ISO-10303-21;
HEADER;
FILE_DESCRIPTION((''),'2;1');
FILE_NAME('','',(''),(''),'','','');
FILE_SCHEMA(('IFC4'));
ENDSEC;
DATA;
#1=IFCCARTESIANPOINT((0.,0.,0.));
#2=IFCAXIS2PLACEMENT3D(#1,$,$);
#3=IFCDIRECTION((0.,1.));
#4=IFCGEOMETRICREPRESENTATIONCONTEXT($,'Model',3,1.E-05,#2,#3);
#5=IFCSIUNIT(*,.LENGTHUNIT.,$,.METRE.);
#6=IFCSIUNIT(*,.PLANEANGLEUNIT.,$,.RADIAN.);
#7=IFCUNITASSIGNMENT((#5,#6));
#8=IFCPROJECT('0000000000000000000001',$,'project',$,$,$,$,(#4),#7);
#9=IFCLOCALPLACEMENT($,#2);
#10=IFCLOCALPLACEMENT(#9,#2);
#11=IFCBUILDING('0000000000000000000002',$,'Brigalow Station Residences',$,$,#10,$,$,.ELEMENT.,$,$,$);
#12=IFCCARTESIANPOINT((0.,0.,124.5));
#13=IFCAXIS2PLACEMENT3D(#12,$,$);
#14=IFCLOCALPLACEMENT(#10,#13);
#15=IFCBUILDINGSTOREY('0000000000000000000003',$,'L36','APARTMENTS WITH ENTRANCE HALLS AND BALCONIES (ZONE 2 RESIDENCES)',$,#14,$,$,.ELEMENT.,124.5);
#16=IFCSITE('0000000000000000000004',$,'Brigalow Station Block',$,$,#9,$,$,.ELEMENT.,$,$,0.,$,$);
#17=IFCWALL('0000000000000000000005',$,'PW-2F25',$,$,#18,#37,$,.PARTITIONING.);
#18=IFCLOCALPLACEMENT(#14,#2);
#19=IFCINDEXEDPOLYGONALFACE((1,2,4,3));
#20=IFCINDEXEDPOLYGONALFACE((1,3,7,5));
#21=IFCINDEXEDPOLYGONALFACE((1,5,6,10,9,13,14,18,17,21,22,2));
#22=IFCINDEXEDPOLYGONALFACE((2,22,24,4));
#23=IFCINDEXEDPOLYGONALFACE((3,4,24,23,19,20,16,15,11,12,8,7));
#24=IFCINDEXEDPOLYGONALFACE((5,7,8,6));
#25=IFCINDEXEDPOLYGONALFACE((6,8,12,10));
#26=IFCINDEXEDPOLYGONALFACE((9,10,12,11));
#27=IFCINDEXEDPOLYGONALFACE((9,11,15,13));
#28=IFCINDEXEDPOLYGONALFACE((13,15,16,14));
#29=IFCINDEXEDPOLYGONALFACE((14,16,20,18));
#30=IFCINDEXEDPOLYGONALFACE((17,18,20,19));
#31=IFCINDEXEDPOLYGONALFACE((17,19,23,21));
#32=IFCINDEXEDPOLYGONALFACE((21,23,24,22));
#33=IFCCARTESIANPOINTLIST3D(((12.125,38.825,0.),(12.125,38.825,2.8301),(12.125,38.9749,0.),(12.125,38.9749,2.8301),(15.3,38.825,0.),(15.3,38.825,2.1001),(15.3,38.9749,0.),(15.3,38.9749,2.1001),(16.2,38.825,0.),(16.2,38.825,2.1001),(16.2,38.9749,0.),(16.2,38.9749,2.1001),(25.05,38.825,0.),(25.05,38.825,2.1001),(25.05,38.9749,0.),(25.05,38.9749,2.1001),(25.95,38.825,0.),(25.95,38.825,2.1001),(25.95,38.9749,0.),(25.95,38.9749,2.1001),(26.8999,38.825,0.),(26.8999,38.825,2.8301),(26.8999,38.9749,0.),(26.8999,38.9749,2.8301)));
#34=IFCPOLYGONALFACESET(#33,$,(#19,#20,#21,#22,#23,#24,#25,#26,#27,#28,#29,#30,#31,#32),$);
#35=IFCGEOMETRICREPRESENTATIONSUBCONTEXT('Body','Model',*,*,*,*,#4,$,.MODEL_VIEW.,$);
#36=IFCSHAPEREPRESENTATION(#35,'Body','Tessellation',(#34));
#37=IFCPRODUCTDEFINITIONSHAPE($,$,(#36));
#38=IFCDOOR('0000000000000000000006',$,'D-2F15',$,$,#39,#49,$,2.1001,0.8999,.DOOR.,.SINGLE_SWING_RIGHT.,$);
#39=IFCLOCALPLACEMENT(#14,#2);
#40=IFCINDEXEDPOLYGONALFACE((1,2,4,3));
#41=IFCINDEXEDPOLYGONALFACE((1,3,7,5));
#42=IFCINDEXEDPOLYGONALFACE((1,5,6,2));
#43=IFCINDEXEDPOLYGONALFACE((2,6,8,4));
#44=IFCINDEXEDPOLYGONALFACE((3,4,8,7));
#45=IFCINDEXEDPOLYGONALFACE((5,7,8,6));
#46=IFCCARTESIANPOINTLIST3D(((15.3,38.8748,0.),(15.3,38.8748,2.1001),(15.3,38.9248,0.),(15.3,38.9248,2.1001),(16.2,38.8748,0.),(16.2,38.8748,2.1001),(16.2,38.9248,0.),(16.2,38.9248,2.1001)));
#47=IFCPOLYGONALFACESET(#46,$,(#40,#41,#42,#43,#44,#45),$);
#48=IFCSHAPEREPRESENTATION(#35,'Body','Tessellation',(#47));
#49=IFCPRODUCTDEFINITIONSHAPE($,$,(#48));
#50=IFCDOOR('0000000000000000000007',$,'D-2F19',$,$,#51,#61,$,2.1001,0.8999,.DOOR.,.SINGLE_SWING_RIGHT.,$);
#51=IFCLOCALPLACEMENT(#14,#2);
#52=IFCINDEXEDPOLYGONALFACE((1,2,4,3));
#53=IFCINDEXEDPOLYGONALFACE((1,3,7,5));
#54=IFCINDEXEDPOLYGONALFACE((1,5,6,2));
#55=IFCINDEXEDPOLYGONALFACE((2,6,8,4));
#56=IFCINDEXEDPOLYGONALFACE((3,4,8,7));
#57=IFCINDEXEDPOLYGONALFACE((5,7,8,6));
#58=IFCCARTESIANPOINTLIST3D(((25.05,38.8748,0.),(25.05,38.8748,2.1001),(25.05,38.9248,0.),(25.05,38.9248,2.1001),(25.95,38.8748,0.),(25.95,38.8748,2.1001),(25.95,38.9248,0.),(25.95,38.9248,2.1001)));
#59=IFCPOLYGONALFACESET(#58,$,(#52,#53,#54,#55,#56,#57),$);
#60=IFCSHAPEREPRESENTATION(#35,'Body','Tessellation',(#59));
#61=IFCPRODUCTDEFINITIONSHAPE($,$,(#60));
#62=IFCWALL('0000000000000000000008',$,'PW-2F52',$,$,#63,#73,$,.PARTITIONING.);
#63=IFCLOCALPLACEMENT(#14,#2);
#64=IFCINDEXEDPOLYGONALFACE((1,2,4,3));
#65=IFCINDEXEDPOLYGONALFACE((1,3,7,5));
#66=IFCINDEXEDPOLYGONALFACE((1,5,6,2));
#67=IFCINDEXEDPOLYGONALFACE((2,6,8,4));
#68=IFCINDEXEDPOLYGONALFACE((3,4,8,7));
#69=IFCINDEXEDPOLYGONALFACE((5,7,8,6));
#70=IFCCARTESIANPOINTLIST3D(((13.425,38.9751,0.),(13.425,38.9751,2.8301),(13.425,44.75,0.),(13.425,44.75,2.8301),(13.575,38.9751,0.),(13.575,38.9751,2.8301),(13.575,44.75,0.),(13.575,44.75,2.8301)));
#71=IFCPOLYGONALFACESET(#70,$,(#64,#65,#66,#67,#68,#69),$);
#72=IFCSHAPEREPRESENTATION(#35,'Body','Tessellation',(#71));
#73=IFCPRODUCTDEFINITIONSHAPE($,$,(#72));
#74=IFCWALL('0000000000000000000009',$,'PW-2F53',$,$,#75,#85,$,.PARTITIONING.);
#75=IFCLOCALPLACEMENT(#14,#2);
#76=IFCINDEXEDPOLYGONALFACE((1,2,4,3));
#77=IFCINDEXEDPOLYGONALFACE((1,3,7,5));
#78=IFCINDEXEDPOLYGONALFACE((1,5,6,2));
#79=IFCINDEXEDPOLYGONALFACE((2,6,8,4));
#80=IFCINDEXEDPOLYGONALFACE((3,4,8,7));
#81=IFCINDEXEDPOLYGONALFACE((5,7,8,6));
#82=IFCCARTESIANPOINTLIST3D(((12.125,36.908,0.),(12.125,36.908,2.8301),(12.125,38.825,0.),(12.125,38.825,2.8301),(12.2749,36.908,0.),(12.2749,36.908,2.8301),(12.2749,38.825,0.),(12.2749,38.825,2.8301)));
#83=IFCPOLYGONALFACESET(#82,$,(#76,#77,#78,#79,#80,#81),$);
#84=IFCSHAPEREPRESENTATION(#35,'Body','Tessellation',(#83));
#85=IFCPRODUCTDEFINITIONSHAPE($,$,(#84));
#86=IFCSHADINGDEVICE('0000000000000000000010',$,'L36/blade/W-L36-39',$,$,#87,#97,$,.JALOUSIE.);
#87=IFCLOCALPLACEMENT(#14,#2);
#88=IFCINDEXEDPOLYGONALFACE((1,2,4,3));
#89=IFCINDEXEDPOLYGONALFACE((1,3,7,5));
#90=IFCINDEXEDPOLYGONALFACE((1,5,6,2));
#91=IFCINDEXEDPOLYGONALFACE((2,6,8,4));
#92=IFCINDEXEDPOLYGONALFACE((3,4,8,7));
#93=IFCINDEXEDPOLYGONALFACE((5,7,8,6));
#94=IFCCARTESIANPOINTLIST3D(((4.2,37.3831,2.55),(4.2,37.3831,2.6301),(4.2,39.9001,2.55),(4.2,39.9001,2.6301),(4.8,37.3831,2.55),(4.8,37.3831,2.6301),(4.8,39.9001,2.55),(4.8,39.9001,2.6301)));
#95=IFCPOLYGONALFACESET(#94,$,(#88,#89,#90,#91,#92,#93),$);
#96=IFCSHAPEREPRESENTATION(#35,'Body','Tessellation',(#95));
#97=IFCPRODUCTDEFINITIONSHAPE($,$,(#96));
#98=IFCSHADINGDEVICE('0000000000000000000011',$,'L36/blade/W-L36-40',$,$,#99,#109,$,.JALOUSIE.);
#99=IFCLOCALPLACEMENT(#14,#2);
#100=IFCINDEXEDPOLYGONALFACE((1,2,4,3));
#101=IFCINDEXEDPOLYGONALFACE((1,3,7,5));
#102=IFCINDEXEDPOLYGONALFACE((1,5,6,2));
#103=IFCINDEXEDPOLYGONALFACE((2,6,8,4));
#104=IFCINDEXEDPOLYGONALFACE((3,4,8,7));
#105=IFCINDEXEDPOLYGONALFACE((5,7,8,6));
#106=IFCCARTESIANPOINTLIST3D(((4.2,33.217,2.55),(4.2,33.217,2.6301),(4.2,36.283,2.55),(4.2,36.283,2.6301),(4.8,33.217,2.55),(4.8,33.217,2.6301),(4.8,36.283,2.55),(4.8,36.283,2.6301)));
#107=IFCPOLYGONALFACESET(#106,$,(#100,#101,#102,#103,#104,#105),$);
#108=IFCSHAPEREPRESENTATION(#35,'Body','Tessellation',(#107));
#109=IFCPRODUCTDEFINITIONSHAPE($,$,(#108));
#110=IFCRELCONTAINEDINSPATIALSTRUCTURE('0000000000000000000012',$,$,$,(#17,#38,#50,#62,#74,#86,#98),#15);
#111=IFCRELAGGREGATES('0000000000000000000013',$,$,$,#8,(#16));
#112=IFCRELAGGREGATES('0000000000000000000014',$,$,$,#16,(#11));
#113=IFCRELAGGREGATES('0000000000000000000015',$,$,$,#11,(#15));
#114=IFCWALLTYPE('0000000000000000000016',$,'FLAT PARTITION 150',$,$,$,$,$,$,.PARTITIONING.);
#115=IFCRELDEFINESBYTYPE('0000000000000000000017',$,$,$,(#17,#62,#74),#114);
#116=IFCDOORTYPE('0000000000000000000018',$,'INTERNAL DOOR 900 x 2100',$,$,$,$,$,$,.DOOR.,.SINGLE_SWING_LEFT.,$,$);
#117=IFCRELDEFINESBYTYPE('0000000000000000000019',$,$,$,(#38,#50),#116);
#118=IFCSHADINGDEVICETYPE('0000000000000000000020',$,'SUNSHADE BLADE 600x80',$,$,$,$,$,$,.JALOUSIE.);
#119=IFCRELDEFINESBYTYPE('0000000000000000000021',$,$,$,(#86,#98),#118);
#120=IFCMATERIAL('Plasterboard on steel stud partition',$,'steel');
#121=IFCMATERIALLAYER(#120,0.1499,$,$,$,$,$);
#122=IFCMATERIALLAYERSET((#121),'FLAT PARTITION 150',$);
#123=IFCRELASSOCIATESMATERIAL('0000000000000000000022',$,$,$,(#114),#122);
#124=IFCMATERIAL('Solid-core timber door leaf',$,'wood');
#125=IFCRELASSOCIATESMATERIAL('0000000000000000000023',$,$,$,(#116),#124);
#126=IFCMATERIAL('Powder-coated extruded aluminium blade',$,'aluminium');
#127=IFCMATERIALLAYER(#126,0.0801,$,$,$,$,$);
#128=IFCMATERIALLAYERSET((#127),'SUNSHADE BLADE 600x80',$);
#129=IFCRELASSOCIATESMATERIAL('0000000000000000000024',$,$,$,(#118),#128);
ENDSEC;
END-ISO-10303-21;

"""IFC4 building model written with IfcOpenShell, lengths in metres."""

from ifc_helpers import new_model, si_unit, direction, frame, frame_2d, origin, origin_2d, place, context, subcontext, project, spatial, rectangle, extrude, material, layer, layer_set, type_object, element, fill, save


model = new_model("IFC4")

# Units and contexts
model_context = context("Model", 3, precision=1e-05, world=origin(), true_north=direction((0.0, 1.0)))
body_context = subcontext(model_context, "Body", "Model", "MODEL_VIEW")
ifc_project = project(units=[si_unit("LENGTHUNIT", "METRE"), si_unit("PLANEANGLEUNIT", "RADIAN")], contexts=[model_context])

# Site, building, storey
site_placement = place(None, origin())
site = spatial("IfcSite", under=ifc_project, at=site_placement, Name="Brigalow Station Block", CompositionType="ELEMENT", RefElevation=0.0)
building_placement = place(site_placement, origin())
building = spatial("IfcBuilding", under=site, at=building_placement, Name="Brigalow Station Residences", CompositionType="ELEMENT")
storey_placement = place(building_placement, frame((0.0, 0.0, 124.5)))
storey = spatial("IfcBuildingStorey", under=building, at=storey_placement, Name="L36", Description="APARTMENTS WITH ENTRANCE HALLS AND BALCONIES (ZONE 2 RESIDENCES)", CompositionType="ELEMENT", Elevation=124.5)

# Shared definitions
ifc_material_1 = material(Name="Plasterboard on steel stud partition", Category="steel")
ifc_layer_1 = layer(ifc_material_1, 0.1499)
ifc_layer_set_1 = layer_set([ifc_layer_1], Name="FLAT PARTITION 150")
wall_type_1 = type_object("IfcWallType", Name="FLAT PARTITION 150", PredefinedType="PARTITIONING", material=ifc_layer_set_1)
ifc_material_2 = material(Name="Solid-core timber door leaf", Category="wood")
door_type = type_object("IfcDoorType", Name="INTERNAL DOOR 900 x 2100", OperationType="SINGLE_SWING_LEFT", PredefinedType="DOOR", material=ifc_material_2)

# Wall, openings, doors
wall_1_placement = place(storey_placement, frame((12.125, 38.8999, 0.0), z_axis=(0.0, 0.0, 1.0), x_axis=(1.0, 0.0, 0.0)))
wall_1 = element("IfcWall", 1, at=wall_1_placement, inside=storey, type_object=wall_type_1, Name="PW-2F25", PredefinedType="PARTITIONING", context=body_context, shape_type="SweptSolid", body=[
    extrude(rectangle(XDim=14.7749, YDim=0.1499, at=frame_2d((7.3875, 0.0))), origin(), (0.0, 0.0, 1.0), 2.8301),
])
opening_1_placement = place(wall_1_placement, frame((3.175, 0.0, 0.0)))
opening_1 = element("IfcOpeningElement", 2, at=opening_1_placement, cuts=wall_1, PredefinedType="OPENING", context=body_context, shape_type="SweptSolid", body=[
    extrude(rectangle(XDim=0.8999, YDim=2.1001, at=frame_2d((0.45, 1.05))), frame((0.0, 0.085, 0.0), z_axis=(0.0, -1.0, 0.0), x_axis=(1.0, 0.0, 0.0)), (0.0, 0.0, 1.0), 0.1699),
])
opening_2_placement = place(wall_1_placement, frame((12.925, 0.0, 0.0)))
opening_2 = element("IfcOpeningElement", 3, at=opening_2_placement, cuts=wall_1, PredefinedType="OPENING", context=body_context, shape_type="SweptSolid", body=[
    extrude(rectangle(XDim=0.8999, YDim=2.1001, at=frame_2d((0.45, 1.05))), frame((0.0, 0.085, 0.0), z_axis=(0.0, -1.0, 0.0), x_axis=(1.0, 0.0, 0.0)), (0.0, 0.0, 1.0), 0.1699),
])
door_1_placement = place(opening_1_placement, origin())
door_1 = element("IfcDoor", 4, at=door_1_placement, inside=storey, type_object=door_type, Name="D-2F15", OperationType="SINGLE_SWING_RIGHT", OverallHeight=2.1001, OverallWidth=0.8999, PredefinedType="DOOR", context=body_context, shape_type="SweptSolid", body=[
    extrude(rectangle(XDim=0.8999, YDim=2.1001, at=frame_2d((0.45, 1.05))), frame((0.0, 0.0249, 0.0), z_axis=(0.0, -1.0, 0.0), x_axis=(1.0, 0.0, 0.0)), (0.0, 0.0, 1.0), 0.05),
])
fill(opening_1, door_1)
door_2_placement = place(opening_2_placement, origin())
door_2 = element("IfcDoor", 5, at=door_2_placement, inside=storey, type_object=door_type, Name="D-2F19", OperationType="SINGLE_SWING_RIGHT", OverallHeight=2.1001, OverallWidth=0.8999, PredefinedType="DOOR", context=body_context, shape_type="SweptSolid", body=[
    extrude(rectangle(XDim=0.8999, YDim=2.1001, at=frame_2d((0.45, 1.05))), frame((0.0, 0.0249, 0.0), z_axis=(0.0, -1.0, 0.0), x_axis=(1.0, 0.0, 0.0)), (0.0, 0.0, 1.0), 0.05),
])
fill(opening_2, door_2)

# Walls
wall_2_placement = place(storey_placement, frame((13.5, 38.9751, 0.0), z_axis=(0.0, 0.0, 1.0), x_axis=(0.0, 1.0, 0.0)))
element("IfcWall", 6, at=wall_2_placement, inside=storey, type_object=wall_type_1, Name="PW-2F52", PredefinedType="PARTITIONING", context=body_context, shape_type="SweptSolid", body=[
    extrude(rectangle(XDim=5.7749, YDim=0.1499, at=frame_2d((2.8875, 0.0))), origin(), (0.0, 0.0, 1.0), 2.8301),
])
wall_3_placement = place(storey_placement, frame((12.2, 36.908, 0.0), z_axis=(0.0, 0.0, 1.0), x_axis=(0.0, 1.0, 0.0)))
element("IfcWall", 7, at=wall_3_placement, inside=storey, type_object=wall_type_1, Name="PW-2F53", PredefinedType="PARTITIONING", context=body_context, shape_type="SweptSolid", body=[
    extrude(rectangle(XDim=1.917, YDim=0.1499, at=frame_2d((0.9585, 0.0))), origin(), (0.0, 0.0, 1.0), 2.8301),
])

# Shading devices
ifc_material_3 = material(Name="Powder-coated extruded aluminium blade", Category="aluminium")
ifc_layer_2 = layer(ifc_material_3, 0.0801)
ifc_layer_set_2 = layer_set([ifc_layer_2], Name="SUNSHADE BLADE 600x80")
shading_device_type = type_object("IfcShadingDeviceType", Name="SUNSHADE BLADE 600x80", PredefinedType="JALOUSIE", material=ifc_layer_set_2)
shading_device_1_placement = place(storey_placement, frame((4.5, 38.6416, 2.55), z_axis=(0.0, 0.0, 1.0), x_axis=(0.0, -1.0, 0.0)))
element("IfcShadingDevice", 8, at=shading_device_1_placement, inside=storey, type_object=shading_device_type, Name="L36/blade/W-L36-39", PredefinedType="JALOUSIE", context=body_context, shape_type="SweptSolid", body=[
    extrude(rectangle(XDim=2.5171, YDim=0.6001, at=origin_2d()), origin(), (0.0, 0.0, 1.0), 0.0801),
])
shading_device_2_placement = place(storey_placement, frame((4.5, 34.75, 2.55), z_axis=(0.0, 0.0, 1.0), x_axis=(0.0, -1.0, 0.0)))
element("IfcShadingDevice", 9, at=shading_device_2_placement, inside=storey, type_object=shading_device_type, Name="L36/blade/W-L36-40", PredefinedType="JALOUSIE", context=body_context, shape_type="SweptSolid", body=[
    extrude(rectangle(XDim=3.0659, YDim=0.6001, at=origin_2d()), origin(), (0.0, 0.0, 1.0), 0.0801),
])

save(model, "model.ifc")
